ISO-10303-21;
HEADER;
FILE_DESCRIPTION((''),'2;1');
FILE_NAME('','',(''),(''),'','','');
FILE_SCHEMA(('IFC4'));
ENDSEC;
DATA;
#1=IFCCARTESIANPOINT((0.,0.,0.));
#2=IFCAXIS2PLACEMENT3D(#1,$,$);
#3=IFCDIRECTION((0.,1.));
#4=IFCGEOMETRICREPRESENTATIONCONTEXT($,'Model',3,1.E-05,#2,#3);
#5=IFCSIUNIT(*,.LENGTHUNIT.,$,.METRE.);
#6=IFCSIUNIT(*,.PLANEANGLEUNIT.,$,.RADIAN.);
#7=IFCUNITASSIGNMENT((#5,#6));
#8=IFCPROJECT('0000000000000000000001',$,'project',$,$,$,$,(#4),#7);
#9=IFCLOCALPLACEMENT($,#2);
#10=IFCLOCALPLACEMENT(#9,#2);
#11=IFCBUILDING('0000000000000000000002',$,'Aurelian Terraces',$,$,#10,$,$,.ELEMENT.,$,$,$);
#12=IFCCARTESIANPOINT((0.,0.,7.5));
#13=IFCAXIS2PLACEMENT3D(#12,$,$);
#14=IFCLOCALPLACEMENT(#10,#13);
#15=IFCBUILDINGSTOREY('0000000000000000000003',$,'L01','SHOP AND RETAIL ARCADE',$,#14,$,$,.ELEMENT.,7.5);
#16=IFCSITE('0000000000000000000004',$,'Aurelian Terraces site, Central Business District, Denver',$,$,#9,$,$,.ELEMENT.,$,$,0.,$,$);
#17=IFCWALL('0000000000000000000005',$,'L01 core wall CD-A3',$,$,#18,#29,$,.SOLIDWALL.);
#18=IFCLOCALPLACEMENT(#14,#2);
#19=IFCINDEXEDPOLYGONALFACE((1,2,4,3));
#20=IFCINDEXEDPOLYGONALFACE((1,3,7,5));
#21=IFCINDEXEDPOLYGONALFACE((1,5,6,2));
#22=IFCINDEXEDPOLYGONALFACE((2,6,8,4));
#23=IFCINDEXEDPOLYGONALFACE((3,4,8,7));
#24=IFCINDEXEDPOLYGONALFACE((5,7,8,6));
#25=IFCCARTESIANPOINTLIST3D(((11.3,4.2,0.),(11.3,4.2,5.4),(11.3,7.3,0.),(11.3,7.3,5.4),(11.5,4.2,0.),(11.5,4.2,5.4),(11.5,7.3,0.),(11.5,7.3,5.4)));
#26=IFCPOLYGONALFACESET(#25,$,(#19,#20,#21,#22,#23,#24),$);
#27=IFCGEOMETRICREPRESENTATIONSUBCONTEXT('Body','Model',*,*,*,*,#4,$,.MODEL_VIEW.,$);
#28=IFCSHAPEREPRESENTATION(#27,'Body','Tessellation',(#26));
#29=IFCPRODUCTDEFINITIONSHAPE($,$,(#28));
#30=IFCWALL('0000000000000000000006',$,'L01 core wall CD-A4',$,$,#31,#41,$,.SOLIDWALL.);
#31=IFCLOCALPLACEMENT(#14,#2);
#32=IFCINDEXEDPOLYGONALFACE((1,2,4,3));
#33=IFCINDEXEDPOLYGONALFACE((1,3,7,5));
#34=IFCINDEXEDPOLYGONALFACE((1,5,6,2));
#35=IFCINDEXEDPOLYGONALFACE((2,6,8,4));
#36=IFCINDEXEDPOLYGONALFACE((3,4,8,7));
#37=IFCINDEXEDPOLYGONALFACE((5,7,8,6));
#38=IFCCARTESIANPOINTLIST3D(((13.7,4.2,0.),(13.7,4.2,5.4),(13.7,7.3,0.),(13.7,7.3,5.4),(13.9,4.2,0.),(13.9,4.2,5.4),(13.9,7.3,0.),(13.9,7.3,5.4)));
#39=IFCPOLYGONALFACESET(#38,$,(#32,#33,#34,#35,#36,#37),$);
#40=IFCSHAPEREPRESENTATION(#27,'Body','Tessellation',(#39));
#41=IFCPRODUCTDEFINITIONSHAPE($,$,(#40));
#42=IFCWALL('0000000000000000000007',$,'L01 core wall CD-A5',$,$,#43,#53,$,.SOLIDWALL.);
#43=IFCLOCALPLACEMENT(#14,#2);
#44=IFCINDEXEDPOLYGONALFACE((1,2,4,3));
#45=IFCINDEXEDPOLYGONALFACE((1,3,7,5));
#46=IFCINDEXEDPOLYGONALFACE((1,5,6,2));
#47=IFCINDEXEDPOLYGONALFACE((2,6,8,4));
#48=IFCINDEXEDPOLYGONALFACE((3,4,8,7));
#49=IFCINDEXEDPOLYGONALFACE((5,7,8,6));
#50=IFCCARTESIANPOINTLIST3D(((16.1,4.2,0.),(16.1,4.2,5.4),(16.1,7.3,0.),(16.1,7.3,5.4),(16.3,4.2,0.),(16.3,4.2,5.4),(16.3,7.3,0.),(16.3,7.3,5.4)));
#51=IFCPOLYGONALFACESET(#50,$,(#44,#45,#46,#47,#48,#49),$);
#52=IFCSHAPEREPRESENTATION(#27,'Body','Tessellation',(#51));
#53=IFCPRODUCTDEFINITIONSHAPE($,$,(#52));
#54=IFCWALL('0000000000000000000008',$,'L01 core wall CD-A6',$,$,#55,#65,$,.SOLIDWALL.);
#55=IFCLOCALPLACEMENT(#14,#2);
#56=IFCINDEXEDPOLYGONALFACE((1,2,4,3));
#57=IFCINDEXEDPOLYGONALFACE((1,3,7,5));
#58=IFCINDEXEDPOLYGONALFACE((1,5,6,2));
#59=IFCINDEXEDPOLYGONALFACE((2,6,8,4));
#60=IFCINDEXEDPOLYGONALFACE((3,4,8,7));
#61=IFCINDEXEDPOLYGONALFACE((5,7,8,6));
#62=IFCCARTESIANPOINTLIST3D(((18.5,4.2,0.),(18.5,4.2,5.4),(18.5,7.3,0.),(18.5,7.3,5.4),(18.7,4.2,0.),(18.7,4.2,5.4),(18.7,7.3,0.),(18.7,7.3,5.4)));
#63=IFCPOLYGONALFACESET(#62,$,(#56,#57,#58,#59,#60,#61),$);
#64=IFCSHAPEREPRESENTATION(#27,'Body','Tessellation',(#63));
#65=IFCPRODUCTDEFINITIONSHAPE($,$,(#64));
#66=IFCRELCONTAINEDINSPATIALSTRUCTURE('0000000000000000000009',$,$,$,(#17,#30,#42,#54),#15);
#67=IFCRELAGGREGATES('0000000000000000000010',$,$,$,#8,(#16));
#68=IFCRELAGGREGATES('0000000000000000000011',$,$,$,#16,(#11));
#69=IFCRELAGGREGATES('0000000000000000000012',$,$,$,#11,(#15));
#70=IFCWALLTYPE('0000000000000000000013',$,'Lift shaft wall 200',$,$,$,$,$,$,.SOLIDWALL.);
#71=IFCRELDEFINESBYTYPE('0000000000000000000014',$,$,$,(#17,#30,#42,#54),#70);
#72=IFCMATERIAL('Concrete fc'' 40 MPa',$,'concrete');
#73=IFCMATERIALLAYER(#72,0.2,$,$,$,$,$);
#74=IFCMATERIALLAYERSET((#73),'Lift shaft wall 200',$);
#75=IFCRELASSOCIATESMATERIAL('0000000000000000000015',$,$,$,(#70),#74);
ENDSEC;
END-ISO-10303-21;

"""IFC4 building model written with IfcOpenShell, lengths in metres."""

from ifc_helpers import new_model, si_unit, direction, frame, frame_2d, origin, place, context, subcontext, project, spatial, rectangle, extrude, source, transform, mapped, material, layer, layer_set, type_object, element, save


model = new_model("IFC4")

# Units and contexts
model_context = context("Model", 3, precision=1e-05, world=origin(), true_north=direction((0.0, 1.0)))
body_context = subcontext(model_context, "Body", "Model", "MODEL_VIEW")
ifc_project = project(units=[si_unit("LENGTHUNIT", "METRE"), si_unit("PLANEANGLEUNIT", "RADIAN")], contexts=[model_context])

# Site, building, storey
site_placement = place(None, origin())
site = spatial("IfcSite", under=ifc_project, at=site_placement, Name="Aurelian Terraces site, Central Business District, Denver", CompositionType="ELEMENT", RefElevation=0.0)
building_placement = place(site_placement, origin())
building = spatial("IfcBuilding", under=site, at=building_placement, Name="Aurelian Terraces", CompositionType="ELEMENT")
storey_placement = place(building_placement, frame((0.0, 0.0, 7.5)))
storey = spatial("IfcBuildingStorey", under=building, at=storey_placement, Name="L01", Description="SHOP AND RETAIL ARCADE", CompositionType="ELEMENT", Elevation=7.5)

# Walls
ifc_material_1 = material(Name="Concrete fc' 40 MPa", Category="concrete")
ifc_layer_1 = layer(ifc_material_1, 0.2)
ifc_layer_set_1 = layer_set([ifc_layer_1], Name="Lift shaft wall 200")
wall_type = type_object("IfcWallType", Name="Lift shaft wall 200", PredefinedType="SOLIDWALL", material=ifc_layer_set_1)
shared_shape_1 = source(origin(), body_context, "Body", "SweptSolid", [
    extrude(rectangle(XDim=3.1, YDim=0.2, at=frame_2d((1.55, 0.0))), origin(), (0.0, 0.0, 1.0), 5.4),
])
for number, where, z_axis, x_axis, name in (
    (1, (11.4, 4.2, 0.0), (0.0, 0.0, 1.0), (0.0, 1.0, 0.0), "L01 core wall CD-A3"),
    (2, (13.8, 4.2, 0.0), (0.0, 0.0, 1.0), (0.0, 1.0, 0.0), "L01 core wall CD-A4"),
    (3, (16.2, 4.2, 0.0), (0.0, 0.0, 1.0), (0.0, 1.0, 0.0), "L01 core wall CD-A5"),
    (4, (18.6, 4.2, 0.0), (0.0, 0.0, 1.0), (0.0, 1.0, 0.0), "L01 core wall CD-A6"),
):
    element("IfcWall", number, at=place(storey_placement, frame(where, z_axis=z_axis, x_axis=x_axis)), inside=storey, type_object=wall_type, Name=name, PredefinedType="SOLIDWALL", context=body_context, shape_type="MappedRepresentation", body=[
        mapped(shared_shape_1, transform((0.0, 0.0, 0.0), scale=1.0)),
    ])

save(model, "model.ifc")
